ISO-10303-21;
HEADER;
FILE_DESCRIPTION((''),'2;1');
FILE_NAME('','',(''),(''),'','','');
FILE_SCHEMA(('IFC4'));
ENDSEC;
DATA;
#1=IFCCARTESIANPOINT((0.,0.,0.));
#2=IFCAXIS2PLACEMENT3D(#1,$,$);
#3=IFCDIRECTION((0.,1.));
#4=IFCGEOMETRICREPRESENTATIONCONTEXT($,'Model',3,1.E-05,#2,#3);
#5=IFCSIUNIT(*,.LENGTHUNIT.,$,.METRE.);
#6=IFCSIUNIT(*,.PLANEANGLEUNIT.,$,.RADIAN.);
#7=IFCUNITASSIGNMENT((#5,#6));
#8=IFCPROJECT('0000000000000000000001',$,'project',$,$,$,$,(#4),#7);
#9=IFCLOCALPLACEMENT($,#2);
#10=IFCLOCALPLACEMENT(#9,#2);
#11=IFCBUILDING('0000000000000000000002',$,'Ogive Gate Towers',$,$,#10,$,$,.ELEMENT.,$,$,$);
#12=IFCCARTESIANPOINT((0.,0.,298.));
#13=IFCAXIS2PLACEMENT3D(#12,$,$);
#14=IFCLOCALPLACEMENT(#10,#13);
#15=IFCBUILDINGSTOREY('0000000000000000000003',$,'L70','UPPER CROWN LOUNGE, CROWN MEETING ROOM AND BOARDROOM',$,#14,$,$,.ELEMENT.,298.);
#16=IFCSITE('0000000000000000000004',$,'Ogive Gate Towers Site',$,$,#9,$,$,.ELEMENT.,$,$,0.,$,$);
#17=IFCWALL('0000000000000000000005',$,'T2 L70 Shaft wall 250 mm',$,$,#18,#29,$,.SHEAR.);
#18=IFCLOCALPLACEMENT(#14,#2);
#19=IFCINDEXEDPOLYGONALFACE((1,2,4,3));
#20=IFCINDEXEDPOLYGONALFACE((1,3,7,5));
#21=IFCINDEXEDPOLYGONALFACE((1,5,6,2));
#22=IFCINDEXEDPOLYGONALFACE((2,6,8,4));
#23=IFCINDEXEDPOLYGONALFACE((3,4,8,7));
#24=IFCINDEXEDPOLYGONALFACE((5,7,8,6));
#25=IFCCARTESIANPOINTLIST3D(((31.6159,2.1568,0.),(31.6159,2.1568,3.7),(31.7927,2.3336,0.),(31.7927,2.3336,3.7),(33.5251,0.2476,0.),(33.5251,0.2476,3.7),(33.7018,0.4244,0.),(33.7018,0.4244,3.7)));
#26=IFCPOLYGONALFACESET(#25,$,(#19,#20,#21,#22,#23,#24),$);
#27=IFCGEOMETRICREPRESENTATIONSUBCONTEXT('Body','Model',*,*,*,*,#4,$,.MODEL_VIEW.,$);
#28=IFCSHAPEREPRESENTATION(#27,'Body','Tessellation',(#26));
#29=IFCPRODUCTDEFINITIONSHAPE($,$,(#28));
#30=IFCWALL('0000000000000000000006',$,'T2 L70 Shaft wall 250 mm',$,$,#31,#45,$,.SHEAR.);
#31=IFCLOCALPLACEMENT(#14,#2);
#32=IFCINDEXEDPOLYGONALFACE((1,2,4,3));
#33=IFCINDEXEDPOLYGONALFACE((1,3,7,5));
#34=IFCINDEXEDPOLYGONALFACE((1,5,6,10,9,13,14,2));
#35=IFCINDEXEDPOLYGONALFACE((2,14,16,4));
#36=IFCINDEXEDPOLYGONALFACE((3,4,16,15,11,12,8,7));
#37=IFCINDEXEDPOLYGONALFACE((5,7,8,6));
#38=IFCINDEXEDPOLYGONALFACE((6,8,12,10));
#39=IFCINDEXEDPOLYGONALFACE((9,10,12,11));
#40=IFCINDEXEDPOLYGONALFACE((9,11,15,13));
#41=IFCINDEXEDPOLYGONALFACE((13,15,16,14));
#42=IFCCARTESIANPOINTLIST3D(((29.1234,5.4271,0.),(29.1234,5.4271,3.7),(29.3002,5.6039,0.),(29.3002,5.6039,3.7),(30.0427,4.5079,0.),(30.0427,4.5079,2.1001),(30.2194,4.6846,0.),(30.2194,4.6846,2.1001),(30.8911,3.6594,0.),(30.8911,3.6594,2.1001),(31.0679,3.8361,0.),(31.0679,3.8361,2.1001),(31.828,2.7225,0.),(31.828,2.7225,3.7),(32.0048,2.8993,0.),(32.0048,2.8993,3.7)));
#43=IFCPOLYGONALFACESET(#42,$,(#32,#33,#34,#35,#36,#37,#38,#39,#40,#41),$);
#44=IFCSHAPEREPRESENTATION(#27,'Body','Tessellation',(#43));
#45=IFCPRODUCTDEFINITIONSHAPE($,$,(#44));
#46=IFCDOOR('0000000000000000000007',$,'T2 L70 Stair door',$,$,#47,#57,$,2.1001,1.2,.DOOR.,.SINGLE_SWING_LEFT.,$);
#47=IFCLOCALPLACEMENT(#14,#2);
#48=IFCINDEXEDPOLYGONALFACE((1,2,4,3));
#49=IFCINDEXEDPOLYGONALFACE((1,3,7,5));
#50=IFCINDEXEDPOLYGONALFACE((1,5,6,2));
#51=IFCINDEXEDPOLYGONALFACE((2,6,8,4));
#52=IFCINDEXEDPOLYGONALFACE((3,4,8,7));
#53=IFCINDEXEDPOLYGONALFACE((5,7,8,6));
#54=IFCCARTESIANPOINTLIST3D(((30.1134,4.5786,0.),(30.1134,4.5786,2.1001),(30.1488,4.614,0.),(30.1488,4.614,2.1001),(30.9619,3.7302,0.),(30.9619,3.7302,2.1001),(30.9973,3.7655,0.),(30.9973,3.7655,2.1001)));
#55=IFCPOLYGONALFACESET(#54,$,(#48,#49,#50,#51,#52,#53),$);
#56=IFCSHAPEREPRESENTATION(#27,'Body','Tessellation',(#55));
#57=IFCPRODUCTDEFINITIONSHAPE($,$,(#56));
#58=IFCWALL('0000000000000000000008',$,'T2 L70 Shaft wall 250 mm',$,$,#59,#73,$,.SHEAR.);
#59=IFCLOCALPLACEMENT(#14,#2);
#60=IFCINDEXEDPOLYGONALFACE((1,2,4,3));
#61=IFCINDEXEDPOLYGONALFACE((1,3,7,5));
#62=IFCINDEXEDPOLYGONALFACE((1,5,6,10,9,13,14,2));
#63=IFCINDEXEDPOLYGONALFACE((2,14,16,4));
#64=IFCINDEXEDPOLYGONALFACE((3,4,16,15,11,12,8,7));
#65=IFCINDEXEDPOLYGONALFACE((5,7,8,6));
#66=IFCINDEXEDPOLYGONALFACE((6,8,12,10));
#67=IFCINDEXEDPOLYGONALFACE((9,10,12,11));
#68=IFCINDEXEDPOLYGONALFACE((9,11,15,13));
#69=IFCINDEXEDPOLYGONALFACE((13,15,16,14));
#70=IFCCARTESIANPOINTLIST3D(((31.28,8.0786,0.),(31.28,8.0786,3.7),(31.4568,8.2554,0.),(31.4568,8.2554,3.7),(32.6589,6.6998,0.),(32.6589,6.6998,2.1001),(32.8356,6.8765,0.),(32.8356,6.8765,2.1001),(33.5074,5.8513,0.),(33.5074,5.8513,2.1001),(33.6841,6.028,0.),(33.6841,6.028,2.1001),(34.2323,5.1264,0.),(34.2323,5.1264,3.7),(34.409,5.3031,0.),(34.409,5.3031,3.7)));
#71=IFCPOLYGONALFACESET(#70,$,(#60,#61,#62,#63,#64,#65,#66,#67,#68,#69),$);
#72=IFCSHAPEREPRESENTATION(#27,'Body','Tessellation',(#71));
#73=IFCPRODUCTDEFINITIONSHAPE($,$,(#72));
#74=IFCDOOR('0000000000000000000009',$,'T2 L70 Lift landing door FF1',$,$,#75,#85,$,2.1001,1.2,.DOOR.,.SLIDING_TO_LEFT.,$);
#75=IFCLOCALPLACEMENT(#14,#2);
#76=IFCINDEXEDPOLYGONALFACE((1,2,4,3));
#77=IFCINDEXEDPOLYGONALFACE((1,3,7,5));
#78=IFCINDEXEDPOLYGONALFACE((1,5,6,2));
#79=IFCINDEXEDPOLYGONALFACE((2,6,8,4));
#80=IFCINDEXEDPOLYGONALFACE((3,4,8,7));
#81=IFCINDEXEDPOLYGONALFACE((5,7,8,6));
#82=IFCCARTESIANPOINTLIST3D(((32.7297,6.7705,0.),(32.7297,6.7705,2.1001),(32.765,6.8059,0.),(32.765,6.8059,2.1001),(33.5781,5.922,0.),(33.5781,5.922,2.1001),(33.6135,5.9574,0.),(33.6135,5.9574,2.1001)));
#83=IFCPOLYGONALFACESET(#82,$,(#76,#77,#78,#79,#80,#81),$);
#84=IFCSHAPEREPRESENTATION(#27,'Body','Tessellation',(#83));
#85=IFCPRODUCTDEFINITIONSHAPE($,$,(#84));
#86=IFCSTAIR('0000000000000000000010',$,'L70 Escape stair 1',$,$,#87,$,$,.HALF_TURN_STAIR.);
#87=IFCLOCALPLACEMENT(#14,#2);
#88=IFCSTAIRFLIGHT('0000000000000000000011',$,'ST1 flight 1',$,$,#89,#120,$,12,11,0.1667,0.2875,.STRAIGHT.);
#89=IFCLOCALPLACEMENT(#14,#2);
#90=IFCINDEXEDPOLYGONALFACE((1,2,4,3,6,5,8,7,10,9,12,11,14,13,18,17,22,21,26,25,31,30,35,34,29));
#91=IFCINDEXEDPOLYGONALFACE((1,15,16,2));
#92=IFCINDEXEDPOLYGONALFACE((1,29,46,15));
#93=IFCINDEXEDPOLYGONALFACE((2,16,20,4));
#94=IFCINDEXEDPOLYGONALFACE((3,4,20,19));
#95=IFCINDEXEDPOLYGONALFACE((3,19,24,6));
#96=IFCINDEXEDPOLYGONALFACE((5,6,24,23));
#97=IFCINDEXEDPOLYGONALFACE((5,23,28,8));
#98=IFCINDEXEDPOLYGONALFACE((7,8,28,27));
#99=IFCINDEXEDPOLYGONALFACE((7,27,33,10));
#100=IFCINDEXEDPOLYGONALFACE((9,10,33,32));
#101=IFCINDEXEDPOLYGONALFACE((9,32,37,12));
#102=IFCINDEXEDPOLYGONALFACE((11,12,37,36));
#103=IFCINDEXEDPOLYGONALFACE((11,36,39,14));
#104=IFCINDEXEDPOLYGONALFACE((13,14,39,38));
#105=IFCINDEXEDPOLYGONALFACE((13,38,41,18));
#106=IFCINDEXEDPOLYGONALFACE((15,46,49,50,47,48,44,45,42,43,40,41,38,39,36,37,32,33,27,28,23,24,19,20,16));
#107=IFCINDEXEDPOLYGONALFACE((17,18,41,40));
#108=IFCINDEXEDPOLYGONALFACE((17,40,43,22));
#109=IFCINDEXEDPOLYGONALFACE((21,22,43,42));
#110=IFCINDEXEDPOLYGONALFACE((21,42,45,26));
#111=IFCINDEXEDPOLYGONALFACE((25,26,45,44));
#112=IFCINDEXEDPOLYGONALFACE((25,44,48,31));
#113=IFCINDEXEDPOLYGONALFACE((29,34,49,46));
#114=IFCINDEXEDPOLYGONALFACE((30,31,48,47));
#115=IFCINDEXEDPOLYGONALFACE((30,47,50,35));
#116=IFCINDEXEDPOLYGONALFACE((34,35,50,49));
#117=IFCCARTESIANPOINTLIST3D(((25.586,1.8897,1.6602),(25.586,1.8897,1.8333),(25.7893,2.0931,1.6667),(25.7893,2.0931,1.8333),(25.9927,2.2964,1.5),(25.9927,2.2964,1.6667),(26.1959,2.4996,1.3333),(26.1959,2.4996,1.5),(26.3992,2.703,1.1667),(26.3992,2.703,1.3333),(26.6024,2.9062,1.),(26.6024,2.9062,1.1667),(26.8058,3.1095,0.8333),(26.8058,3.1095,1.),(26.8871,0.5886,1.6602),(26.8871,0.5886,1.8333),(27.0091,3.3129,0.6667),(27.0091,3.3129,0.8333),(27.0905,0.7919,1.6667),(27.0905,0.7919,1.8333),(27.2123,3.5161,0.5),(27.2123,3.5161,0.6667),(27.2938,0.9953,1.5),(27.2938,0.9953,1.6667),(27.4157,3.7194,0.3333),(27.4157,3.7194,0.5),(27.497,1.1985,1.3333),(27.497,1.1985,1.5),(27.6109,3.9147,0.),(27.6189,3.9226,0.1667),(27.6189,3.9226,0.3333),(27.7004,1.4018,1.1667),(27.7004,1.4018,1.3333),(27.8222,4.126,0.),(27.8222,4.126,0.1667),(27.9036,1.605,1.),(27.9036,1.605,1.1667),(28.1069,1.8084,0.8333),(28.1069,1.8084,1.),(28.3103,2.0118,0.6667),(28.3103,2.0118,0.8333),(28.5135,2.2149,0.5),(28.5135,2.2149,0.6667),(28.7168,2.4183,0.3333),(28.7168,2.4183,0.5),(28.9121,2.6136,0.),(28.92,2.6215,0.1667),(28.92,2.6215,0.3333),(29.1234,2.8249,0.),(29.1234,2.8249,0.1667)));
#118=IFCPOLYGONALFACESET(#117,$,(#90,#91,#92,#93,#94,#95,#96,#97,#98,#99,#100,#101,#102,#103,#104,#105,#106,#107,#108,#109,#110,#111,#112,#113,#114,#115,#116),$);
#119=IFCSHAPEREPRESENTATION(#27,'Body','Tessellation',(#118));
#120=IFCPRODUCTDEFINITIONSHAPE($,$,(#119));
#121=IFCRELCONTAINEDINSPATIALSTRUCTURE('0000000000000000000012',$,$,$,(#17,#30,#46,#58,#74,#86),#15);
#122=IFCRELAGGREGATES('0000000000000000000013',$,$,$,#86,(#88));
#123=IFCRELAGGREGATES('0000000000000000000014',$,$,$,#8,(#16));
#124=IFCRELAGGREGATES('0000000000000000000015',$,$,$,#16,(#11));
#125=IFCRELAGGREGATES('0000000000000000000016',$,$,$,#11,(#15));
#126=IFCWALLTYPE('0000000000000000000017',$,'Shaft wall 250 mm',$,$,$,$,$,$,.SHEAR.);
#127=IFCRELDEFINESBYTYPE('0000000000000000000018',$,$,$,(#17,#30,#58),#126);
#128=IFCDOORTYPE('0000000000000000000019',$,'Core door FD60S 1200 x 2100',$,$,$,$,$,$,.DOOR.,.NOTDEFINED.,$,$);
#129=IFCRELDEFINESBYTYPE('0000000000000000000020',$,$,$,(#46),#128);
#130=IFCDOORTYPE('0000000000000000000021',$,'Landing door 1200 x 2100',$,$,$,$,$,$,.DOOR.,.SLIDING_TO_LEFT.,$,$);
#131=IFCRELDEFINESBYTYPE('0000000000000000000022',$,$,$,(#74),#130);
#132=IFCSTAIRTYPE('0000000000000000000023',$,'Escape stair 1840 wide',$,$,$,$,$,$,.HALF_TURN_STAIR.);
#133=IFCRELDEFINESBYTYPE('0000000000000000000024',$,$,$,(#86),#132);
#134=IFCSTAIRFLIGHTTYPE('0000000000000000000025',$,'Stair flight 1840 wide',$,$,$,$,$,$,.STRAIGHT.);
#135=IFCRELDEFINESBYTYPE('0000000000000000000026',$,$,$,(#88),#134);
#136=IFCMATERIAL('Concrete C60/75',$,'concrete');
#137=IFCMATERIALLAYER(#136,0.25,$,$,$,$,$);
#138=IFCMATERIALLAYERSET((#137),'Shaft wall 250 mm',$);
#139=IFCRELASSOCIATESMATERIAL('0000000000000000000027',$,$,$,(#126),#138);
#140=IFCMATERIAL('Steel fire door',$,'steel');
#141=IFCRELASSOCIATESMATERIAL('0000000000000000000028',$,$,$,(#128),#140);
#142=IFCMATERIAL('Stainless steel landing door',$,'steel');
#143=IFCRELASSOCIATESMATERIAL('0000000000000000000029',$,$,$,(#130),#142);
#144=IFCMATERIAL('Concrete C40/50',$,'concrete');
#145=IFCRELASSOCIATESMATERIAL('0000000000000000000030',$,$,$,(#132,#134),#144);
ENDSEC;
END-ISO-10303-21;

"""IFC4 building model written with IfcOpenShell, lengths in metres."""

from ifc_helpers import new_model, si_unit, direction, frame, frame_2d, origin, place, context, subcontext, project, spatial, polyline, rectangle, outline, extrude, material, layer, layer_set, type_object, element, fill, aggregate, save


model = new_model("IFC4")

# Units and contexts
model_context = context("Model", 3, precision=1e-05, world=origin(), true_north=direction((0.0, 1.0)))
body_context = subcontext(model_context, "Body", "Model", "MODEL_VIEW")
ifc_project = project(units=[si_unit("LENGTHUNIT", "METRE"), si_unit("PLANEANGLEUNIT", "RADIAN")], contexts=[model_context])

# Site, building, storey
site_placement = place(None, origin())
site = spatial("IfcSite", under=ifc_project, at=site_placement, Name="Ogive Gate Towers Site", CompositionType="ELEMENT", RefElevation=0.0)
building_placement = place(site_placement, origin())
building = spatial("IfcBuilding", under=site, at=building_placement, Name="Ogive Gate Towers", CompositionType="ELEMENT")
storey_placement = place(building_placement, frame((0.0, 0.0, 298.0)))
storey = spatial("IfcBuildingStorey", under=building, at=storey_placement, Name="L70", Description="UPPER CROWN LOUNGE, CROWN MEETING ROOM AND BOARDROOM", CompositionType="ELEMENT", Elevation=298.0)

# Wall
ifc_material_1 = material(Name="Concrete C60/75", Category="concrete")
ifc_layer_1 = layer(ifc_material_1, 0.25)
ifc_layer_set_1 = layer_set([ifc_layer_1], Name="Shaft wall 250 mm")
wall_type_1 = type_object("IfcWallType", Name="Shaft wall 250 mm", PredefinedType="SHEAR", material=ifc_layer_set_1)
wall_1_placement = place(storey_placement, frame((33.6135, 0.3359, 0.0), z_axis=(0.0, 0.0, 1.0), x_axis=(-0.707107, 0.707107, 0.0)))
element("IfcWall", 1, at=wall_1_placement, inside=storey, type_object=wall_type_1, Name="T2 L70 Shaft wall 250 mm", PredefinedType="SHEAR", context=body_context, shape_type="SweptSolid", body=[
    extrude(rectangle(XDim=2.7, YDim=0.25, at=frame_2d((1.3501, 0.0))), origin(), (0.0, 0.0, 1.0), 3.7),
])

# Walls, openings, doors
wall_2_placement = place(storey_placement, frame((31.9165, 2.8108, 0.0), z_axis=(0.0, 0.0, 1.0), x_axis=(-0.707107, 0.707107, 0.0)))
wall_2 = element("IfcWall", 2, at=wall_2_placement, inside=storey, type_object=wall_type_1, Name="T2 L70 Shaft wall 250 mm", PredefinedType="SHEAR", context=body_context, shape_type="SweptSolid", body=[
    extrude(rectangle(XDim=3.825, YDim=0.25, at=frame_2d((1.9126, 0.0))), origin(), (0.0, 0.0, 1.0), 3.7),
])
opening_1_placement = place(wall_2_placement, frame((1.325, 0.0, 0.0)))
opening_1 = element("IfcOpeningElement", 3, at=opening_1_placement, cuts=wall_2, PredefinedType="OPENING", context=body_context, shape_type="SweptSolid", body=[
    extrude(rectangle(XDim=1.2, YDim=2.1001, at=frame_2d((0.6001, 1.05))), frame((0.0, 0.135, 0.0), z_axis=(0.0, -1.0, 0.0), x_axis=(1.0, 0.0, 0.0)), (0.0, 0.0, 1.0), 0.27),
])
ifc_material_2 = material(Name="Steel fire door", Category="steel")
door_type_1 = type_object("IfcDoorType", Name="Core door FD60S 1200 x 2100", OperationType="NOTDEFINED", PredefinedType="DOOR", material=ifc_material_2)
door_1_placement = place(opening_1_placement, origin())
door_1 = element("IfcDoor", 4, at=door_1_placement, inside=storey, type_object=door_type_1, Name="T2 L70 Stair door", OperationType="SINGLE_SWING_LEFT", OverallHeight=2.1001, OverallWidth=1.2, PredefinedType="DOOR", context=body_context, shape_type="SweptSolid", body=[
    extrude(rectangle(XDim=1.2, YDim=2.1001, at=frame_2d((0.6001, 1.05))), frame((0.0, 0.0249, 0.0), z_axis=(0.0, -1.0, 0.0), x_axis=(1.0, 0.0, 0.0)), (0.0, 0.0, 1.0), 0.05),
])
fill(opening_1, door_1)
wall_3_placement = place(storey_placement, frame((34.3206, 5.2148, 0.0), z_axis=(0.0, 0.0, 1.0), x_axis=(-0.707107, 0.707107, 0.0)))
wall_3 = element("IfcWall", 5, at=wall_3_placement, inside=storey, type_object=wall_type_1, Name="T2 L70 Shaft wall 250 mm", PredefinedType="SHEAR", context=body_context, shape_type="SweptSolid", body=[
    extrude(rectangle(XDim=4.175, YDim=0.25, at=frame_2d((2.0874, 0.0))), origin(), (0.0, 0.0, 1.0), 3.7),
])
opening_2_placement = place(wall_3_placement, frame((1.0249, 0.0, 0.0)))
opening_2 = element("IfcOpeningElement", 6, at=opening_2_placement, cuts=wall_3, PredefinedType="OPENING", context=body_context, shape_type="SweptSolid", body=[
    extrude(rectangle(XDim=1.2, YDim=2.1001, at=frame_2d((0.6001, 1.05))), frame((0.0, 0.135, 0.0), z_axis=(0.0, -1.0, 0.0), x_axis=(1.0, 0.0, 0.0)), (0.0, 0.0, 1.0), 0.27),
])
ifc_material_3 = material(Name="Stainless steel landing door", Category="steel")
door_type_2 = type_object("IfcDoorType", Name="Landing door 1200 x 2100", OperationType="SLIDING_TO_LEFT", PredefinedType="DOOR", material=ifc_material_3)
door_2_placement = place(opening_2_placement, origin())
door_2 = element("IfcDoor", 7, at=door_2_placement, inside=storey, type_object=door_type_2, Name="T2 L70 Lift landing door FF1", OperationType="SLIDING_TO_LEFT", OverallHeight=2.1001, OverallWidth=1.2, PredefinedType="DOOR", context=body_context, shape_type="SweptSolid", body=[
    extrude(rectangle(XDim=1.2, YDim=2.1001, at=frame_2d((0.6001, 1.05))), frame((0.0, 0.0249, 0.0), z_axis=(0.0, -1.0, 0.0), x_axis=(1.0, 0.0, 0.0)), (0.0, 0.0, 1.0), 0.05),
])
fill(opening_2, door_2)

# Stair, stair flight
ifc_material_4 = material(Name="Concrete C40/50", Category="concrete")
stair_type = type_object("IfcStairType", Name="Escape stair 1840 wide", PredefinedType="HALF_TURN_STAIR", material=ifc_material_4)
stair_placement = place(storey_placement, origin())
stair = element("IfcStair", 8, at=stair_placement, inside=storey, type_object=stair_type, Name="L70 Escape stair 1", PredefinedType="HALF_TURN_STAIR")
stair_flight_type = type_object("IfcStairFlightType", Name="Stair flight 1840 wide", PredefinedType="STRAIGHT", material=ifc_material_4)
stair_flight_placement = place(storey_placement, frame((28.4729, 3.4753, 0.0), z_axis=(0.0, 0.0, 1.0), x_axis=(-0.707107, -0.707107, 0.0)))
stair_flight = element("IfcStairFlight", 9, at=stair_flight_placement, type_object=stair_flight_type, Name="ST1 flight 1", NumberOfRisers=12, NumberOfTreads=11, PredefinedType="STRAIGHT", RiserHeight=0.1667, TreadLength=0.2875, context=body_context, shape_type="SweptSolid", body=[
    extrude(outline(polyline([(0.0, 0.0), (0.0, 0.1667), (0.2876, 0.1667), (0.2876, 0.3333), (0.575, 0.3333), (0.575, 0.5), (0.8625, 0.5), (0.8625, 0.6667), (1.1499, 0.6667), (1.1499, 0.8333), (1.4375, 0.8333), (1.4375, 1.0), (1.7251, 1.0), (1.7251, 1.1667), (2.0125, 1.1667), (2.0125, 1.3333), (2.3, 1.3333), (2.3, 1.5), (2.5874, 1.5), (2.5874, 1.6667), (2.875, 1.6667), (2.875, 1.8333), (3.1626, 1.8333), (3.1626, 2.0), (3.1626, 1.6602), (0.2988, 0.0), (0.0, 0.0)])), frame((0.0, 0.9199, 0.0), z_axis=(0.0, -1.0, 0.0), x_axis=(1.0, 0.0, 0.0)), (0.0, 0.0, 1.0), 1.8401),
])
aggregate(stair, [stair_flight])

save(model, "model.ifc")
